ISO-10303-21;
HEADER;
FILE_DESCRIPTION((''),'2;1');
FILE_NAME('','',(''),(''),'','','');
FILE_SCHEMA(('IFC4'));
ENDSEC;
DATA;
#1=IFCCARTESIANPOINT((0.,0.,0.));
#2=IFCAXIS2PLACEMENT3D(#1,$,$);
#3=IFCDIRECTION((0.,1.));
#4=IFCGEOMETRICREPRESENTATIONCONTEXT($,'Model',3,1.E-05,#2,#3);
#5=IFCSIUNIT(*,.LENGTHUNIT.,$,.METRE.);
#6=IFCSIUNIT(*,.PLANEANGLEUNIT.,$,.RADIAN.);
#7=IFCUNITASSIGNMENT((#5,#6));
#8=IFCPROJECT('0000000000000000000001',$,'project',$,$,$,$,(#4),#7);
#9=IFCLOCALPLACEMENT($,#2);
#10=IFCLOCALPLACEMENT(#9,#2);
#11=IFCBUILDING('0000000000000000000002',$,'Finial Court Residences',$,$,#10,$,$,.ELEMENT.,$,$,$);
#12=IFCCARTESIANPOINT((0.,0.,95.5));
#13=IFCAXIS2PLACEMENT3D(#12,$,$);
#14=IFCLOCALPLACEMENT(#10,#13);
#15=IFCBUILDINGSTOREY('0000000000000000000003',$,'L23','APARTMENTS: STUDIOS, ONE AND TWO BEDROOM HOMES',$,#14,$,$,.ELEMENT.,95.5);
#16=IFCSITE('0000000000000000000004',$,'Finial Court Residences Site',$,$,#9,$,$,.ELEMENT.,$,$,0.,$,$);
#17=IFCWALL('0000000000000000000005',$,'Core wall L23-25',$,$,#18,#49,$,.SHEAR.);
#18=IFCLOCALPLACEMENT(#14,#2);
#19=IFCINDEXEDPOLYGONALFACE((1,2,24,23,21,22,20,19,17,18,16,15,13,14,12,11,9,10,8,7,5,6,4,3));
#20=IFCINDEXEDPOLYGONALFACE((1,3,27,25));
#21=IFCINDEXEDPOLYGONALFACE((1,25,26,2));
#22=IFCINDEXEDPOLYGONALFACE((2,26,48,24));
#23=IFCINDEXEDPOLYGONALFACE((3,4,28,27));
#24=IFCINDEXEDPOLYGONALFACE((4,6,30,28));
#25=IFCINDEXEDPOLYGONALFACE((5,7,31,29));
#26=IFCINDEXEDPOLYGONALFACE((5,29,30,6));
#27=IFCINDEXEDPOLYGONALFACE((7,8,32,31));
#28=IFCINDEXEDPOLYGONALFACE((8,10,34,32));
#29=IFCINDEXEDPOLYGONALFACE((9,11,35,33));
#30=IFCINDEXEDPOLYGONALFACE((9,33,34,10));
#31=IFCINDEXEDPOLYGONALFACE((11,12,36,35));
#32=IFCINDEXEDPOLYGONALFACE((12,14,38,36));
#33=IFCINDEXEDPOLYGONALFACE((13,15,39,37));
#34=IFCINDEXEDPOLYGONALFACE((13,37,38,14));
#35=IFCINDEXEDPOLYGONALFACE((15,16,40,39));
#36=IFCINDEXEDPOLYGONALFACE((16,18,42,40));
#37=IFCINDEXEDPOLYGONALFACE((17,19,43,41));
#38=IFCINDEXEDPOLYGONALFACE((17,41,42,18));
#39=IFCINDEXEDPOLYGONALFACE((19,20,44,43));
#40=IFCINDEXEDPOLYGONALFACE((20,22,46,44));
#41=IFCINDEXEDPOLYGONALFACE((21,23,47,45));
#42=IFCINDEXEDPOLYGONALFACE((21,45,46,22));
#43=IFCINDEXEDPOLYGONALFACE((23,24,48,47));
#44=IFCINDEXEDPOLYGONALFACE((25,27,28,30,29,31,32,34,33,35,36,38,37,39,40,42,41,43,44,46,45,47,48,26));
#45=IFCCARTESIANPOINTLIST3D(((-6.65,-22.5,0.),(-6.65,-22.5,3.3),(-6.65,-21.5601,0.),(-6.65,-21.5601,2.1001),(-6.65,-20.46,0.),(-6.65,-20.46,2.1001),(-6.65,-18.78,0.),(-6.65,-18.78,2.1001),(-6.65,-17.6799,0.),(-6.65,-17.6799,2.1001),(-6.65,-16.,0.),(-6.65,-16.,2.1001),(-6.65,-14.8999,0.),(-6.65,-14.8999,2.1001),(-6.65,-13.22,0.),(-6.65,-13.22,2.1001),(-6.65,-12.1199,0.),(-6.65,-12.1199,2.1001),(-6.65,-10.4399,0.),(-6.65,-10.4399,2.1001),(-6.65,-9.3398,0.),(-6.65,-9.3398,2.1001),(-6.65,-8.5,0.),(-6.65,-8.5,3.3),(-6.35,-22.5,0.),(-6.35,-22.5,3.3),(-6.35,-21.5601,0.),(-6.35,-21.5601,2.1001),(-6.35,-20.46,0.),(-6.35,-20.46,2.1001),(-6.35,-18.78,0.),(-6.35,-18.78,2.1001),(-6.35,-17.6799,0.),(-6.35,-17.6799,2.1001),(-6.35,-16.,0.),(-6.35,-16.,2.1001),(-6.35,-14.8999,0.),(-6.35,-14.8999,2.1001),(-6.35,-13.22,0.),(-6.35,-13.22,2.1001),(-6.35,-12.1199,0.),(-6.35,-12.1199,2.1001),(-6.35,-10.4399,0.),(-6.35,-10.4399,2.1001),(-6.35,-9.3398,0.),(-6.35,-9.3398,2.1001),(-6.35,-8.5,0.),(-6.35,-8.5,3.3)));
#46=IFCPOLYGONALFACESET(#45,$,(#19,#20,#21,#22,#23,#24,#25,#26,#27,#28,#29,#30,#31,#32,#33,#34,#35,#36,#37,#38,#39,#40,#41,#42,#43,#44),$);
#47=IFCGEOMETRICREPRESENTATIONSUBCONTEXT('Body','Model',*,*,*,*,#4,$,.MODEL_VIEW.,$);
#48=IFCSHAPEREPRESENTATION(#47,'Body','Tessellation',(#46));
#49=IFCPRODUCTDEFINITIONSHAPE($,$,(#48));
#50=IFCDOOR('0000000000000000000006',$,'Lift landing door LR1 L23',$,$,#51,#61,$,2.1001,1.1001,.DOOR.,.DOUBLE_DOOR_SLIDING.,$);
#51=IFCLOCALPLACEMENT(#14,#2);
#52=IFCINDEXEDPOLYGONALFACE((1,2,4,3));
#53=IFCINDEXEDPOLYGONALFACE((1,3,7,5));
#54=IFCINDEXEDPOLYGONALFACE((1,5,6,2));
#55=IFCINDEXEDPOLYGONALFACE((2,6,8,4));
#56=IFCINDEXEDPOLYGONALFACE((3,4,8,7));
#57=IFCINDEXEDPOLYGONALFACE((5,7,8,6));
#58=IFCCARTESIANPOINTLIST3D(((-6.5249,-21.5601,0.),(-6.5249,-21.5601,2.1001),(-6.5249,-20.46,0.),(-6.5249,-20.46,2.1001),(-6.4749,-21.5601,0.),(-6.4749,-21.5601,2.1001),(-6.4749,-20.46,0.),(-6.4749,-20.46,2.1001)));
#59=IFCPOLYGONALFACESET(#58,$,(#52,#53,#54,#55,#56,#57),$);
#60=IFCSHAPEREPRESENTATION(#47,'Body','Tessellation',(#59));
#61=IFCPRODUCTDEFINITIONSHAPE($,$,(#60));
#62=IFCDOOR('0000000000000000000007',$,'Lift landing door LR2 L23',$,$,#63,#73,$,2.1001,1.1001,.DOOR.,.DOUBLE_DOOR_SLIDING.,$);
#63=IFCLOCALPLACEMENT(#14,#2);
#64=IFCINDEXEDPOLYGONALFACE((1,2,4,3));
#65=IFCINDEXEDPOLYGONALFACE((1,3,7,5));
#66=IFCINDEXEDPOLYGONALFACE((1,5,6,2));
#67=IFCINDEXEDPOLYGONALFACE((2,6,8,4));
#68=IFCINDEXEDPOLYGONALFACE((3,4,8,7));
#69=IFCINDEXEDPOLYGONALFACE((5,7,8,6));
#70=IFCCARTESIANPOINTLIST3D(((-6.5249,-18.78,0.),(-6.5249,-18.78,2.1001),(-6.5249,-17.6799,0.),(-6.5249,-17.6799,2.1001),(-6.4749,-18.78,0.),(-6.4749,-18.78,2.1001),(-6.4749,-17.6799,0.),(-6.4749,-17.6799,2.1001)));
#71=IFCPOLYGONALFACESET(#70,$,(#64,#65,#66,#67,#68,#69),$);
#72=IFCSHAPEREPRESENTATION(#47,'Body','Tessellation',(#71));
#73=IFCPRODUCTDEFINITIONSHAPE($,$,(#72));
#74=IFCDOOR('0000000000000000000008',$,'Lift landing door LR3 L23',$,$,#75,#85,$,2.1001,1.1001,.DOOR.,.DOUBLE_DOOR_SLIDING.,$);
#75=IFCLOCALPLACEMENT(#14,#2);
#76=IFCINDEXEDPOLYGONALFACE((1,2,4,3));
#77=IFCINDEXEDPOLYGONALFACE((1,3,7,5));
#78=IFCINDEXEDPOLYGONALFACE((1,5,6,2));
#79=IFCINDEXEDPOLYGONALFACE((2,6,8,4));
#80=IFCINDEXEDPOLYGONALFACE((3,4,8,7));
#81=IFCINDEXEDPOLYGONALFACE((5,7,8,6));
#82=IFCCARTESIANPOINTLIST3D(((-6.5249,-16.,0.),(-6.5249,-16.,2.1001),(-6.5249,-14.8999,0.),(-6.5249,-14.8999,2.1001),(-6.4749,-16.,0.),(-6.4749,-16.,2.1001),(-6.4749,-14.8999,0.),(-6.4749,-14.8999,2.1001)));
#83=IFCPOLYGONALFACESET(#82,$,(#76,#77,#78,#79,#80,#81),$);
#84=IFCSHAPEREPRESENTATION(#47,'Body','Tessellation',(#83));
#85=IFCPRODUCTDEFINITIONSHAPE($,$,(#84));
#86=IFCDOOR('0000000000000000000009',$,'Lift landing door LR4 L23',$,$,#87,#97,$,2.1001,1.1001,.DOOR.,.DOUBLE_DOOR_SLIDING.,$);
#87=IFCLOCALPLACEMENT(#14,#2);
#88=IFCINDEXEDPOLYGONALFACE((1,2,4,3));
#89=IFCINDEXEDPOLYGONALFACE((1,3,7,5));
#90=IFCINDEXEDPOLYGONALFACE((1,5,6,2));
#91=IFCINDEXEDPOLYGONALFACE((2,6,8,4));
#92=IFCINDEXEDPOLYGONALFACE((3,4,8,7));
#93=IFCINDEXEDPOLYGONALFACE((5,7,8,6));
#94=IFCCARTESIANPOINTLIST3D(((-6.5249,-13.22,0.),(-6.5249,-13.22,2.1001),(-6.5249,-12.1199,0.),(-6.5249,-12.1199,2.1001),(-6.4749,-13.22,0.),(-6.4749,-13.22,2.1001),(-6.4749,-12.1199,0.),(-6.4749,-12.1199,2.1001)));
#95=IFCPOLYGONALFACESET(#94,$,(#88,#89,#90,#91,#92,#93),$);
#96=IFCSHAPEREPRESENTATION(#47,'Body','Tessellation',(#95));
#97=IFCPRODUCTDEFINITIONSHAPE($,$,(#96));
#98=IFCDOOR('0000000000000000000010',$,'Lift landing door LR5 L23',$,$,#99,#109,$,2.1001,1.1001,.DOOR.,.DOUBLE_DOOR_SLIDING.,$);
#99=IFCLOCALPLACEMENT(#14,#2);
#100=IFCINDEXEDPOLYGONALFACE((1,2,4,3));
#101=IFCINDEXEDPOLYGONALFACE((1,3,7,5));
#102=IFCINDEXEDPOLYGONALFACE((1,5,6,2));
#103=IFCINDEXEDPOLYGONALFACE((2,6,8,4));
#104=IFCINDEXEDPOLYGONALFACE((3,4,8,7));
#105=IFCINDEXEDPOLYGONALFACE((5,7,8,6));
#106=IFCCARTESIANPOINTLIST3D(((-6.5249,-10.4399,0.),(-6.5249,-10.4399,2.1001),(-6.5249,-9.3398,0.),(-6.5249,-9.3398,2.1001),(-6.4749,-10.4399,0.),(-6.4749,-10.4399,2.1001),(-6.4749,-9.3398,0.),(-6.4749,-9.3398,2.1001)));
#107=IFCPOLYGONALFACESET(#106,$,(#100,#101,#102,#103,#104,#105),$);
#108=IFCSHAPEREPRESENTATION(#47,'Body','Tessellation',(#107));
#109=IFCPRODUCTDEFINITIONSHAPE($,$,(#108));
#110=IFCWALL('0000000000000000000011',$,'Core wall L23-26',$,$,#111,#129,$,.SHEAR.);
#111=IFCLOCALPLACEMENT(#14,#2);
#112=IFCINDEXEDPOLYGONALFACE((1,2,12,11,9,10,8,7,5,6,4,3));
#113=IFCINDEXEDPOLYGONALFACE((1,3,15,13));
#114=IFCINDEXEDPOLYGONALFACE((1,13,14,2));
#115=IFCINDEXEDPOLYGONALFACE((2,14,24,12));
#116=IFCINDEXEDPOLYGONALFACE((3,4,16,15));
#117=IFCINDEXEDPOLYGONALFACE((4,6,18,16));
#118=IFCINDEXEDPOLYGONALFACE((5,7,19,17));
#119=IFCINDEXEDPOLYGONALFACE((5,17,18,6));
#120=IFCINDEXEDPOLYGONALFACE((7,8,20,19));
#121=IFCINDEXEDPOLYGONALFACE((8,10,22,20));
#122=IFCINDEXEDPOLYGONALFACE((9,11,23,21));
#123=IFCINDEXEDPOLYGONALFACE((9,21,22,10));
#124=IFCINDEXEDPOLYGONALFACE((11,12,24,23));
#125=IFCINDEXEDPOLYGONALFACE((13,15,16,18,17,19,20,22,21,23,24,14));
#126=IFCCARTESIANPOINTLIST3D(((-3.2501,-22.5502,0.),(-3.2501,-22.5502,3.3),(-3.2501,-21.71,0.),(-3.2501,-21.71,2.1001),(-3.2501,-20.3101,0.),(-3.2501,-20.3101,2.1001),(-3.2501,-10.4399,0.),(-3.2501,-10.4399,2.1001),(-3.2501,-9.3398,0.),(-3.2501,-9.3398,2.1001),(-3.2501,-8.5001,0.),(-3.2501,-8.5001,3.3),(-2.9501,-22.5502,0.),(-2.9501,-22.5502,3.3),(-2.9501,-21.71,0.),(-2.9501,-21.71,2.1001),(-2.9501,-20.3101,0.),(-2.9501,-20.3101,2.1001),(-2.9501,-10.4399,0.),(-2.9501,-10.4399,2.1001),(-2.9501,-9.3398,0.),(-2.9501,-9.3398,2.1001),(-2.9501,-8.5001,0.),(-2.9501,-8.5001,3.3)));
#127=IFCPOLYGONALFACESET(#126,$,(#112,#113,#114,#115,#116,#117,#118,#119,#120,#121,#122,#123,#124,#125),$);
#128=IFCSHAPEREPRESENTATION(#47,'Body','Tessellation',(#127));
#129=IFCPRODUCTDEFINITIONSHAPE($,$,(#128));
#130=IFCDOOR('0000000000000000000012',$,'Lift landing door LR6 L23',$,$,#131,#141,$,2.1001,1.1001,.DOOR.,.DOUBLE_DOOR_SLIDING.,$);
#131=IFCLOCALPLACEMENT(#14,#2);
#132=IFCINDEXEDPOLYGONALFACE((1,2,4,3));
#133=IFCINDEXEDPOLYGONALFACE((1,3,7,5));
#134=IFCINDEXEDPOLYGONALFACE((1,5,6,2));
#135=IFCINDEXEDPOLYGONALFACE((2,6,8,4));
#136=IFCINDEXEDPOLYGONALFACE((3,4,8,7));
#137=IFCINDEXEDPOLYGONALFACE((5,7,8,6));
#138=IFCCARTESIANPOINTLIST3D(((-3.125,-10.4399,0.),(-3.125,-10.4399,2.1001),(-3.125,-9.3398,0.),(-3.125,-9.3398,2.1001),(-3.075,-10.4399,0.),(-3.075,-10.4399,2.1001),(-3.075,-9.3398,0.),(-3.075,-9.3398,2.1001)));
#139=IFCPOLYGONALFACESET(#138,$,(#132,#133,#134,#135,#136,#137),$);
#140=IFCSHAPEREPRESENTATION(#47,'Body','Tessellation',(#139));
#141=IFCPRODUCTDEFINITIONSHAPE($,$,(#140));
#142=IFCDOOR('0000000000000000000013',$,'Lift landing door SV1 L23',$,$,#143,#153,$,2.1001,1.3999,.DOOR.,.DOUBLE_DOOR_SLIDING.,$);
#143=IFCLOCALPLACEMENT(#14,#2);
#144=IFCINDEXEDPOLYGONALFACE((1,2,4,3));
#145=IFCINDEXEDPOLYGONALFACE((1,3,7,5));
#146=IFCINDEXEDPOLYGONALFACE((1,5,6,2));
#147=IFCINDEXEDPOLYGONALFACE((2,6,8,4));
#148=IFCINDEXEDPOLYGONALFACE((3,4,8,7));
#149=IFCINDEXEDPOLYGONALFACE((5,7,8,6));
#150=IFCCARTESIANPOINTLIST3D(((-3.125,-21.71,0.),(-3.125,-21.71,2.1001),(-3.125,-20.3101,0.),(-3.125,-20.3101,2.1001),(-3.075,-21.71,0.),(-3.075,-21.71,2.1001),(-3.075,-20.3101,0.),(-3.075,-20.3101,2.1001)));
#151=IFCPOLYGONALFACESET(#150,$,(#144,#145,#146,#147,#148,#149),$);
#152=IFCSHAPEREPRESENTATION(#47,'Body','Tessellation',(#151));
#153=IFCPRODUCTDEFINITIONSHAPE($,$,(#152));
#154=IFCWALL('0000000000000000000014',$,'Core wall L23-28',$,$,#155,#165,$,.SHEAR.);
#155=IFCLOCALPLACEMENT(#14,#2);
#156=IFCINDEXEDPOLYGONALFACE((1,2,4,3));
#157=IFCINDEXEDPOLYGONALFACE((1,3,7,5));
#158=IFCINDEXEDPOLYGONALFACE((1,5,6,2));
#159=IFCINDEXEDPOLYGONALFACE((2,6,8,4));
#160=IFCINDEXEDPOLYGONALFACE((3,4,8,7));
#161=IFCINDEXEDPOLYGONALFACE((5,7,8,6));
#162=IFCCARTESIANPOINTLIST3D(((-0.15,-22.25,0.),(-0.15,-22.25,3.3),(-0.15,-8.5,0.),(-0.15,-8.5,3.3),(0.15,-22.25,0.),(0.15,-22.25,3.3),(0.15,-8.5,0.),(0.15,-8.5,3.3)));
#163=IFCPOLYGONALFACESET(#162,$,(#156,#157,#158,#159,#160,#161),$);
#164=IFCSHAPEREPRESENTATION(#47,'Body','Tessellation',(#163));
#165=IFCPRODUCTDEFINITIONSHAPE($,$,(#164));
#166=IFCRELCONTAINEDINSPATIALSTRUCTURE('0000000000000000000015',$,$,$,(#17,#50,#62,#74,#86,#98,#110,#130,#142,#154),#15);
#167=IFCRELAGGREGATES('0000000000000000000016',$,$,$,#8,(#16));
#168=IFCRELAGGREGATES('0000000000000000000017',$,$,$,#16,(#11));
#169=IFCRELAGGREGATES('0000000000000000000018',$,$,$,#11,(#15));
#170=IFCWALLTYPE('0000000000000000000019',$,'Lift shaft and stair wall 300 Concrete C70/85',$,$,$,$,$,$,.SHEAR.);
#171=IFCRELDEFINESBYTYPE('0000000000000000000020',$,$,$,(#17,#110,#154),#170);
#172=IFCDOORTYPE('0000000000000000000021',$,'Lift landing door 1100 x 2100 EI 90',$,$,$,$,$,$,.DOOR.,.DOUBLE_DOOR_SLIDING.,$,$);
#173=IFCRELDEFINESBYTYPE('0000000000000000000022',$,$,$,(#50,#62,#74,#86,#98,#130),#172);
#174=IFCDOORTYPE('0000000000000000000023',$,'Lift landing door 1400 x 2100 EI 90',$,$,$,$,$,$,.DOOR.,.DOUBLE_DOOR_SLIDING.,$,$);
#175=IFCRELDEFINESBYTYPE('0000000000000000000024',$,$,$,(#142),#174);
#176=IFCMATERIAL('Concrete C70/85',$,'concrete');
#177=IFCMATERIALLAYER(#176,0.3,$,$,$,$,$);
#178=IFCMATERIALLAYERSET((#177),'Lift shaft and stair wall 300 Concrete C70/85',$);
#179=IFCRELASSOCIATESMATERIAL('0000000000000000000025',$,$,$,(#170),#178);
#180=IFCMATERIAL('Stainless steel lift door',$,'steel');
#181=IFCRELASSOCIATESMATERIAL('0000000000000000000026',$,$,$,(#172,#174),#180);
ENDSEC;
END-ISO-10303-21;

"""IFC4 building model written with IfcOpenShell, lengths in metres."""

from ifc_helpers import new_model, si_unit, direction, frame, frame_2d, origin, place, context, subcontext, project, spatial, rectangle, extrude, material, layer, layer_set, type_object, element, fill, save


model = new_model("IFC4")

# Units and contexts
model_context = context("Model", 3, precision=1e-05, world=origin(), true_north=direction((0.0, 1.0)))
body_context = subcontext(model_context, "Body", "Model", "MODEL_VIEW")
ifc_project = project(units=[si_unit("LENGTHUNIT", "METRE"), si_unit("PLANEANGLEUNIT", "RADIAN")], contexts=[model_context])

# Site, building, storey
site_placement = place(None, origin())
site = spatial("IfcSite", under=ifc_project, at=site_placement, Name="Finial Court Residences Site", CompositionType="ELEMENT", RefElevation=0.0)
building_placement = place(site_placement, origin())
building = spatial("IfcBuilding", under=site, at=building_placement, Name="Finial Court Residences", CompositionType="ELEMENT")
storey_placement = place(building_placement, frame((0.0, 0.0, 95.5)))
storey = spatial("IfcBuildingStorey", under=building, at=storey_placement, Name="L23", Description="APARTMENTS: STUDIOS, ONE AND TWO BEDROOM HOMES", CompositionType="ELEMENT", Elevation=95.5)

# Shared definitions
ifc_material_1 = material(Name="Concrete C70/85", Category="concrete")
ifc_layer_1 = layer(ifc_material_1, 0.3)
ifc_layer_set_1 = layer_set([ifc_layer_1], Name="Lift shaft and stair wall 300 Concrete C70/85")
wall_type_1 = type_object("IfcWallType", Name="Lift shaft and stair wall 300 Concrete C70/85", PredefinedType="SHEAR", material=ifc_layer_set_1)

# Walls, openings, doors
wall_1_placement = place(storey_placement, frame((-6.5, -22.5, 0.0), z_axis=(0.0, 0.0, 1.0), x_axis=(0.0, 1.0, 0.0)))
wall_1 = element("IfcWall", 1, at=wall_1_placement, inside=storey, type_object=wall_type_1, Name="Core wall L23-25", PredefinedType="SHEAR", context=body_context, shape_type="SweptSolid", body=[
    extrude(rectangle(XDim=14.0, YDim=0.3, at=frame_2d((7.0, 0.0))), origin(), (0.0, 0.0, 1.0), 3.3),
])
opening_1_placement = place(wall_1_placement, frame((0.9399, 0.0, 0.0)))
opening_1 = element("IfcOpeningElement", 2, at=opening_1_placement, cuts=wall_1, PredefinedType="OPENING", context=body_context, shape_type="SweptSolid", body=[
    extrude(rectangle(XDim=1.1001, YDim=2.1001, at=frame_2d((0.55, 1.05))), frame((0.0, 0.1599, 0.0), z_axis=(0.0, -1.0, 0.0), x_axis=(1.0, 0.0, 0.0)), (0.0, 0.0, 1.0), 0.3201),
])
opening_2_placement = place(wall_1_placement, frame((3.72, 0.0, 0.0)))
opening_2 = element("IfcOpeningElement", 3, at=opening_2_placement, cuts=wall_1, PredefinedType="OPENING", context=body_context, shape_type="SweptSolid", body=[
    extrude(rectangle(XDim=1.1001, YDim=2.1001, at=frame_2d((0.55, 1.05))), frame((0.0, 0.1599, 0.0), z_axis=(0.0, -1.0, 0.0), x_axis=(1.0, 0.0, 0.0)), (0.0, 0.0, 1.0), 0.3201),
])
opening_3_placement = place(wall_1_placement, frame((6.5, 0.0, 0.0)))
opening_3 = element("IfcOpeningElement", 4, at=opening_3_placement, cuts=wall_1, PredefinedType="OPENING", context=body_context, shape_type="SweptSolid", body=[
    extrude(rectangle(XDim=1.1001, YDim=2.1001, at=frame_2d((0.55, 1.05))), frame((0.0, 0.1599, 0.0), z_axis=(0.0, -1.0, 0.0), x_axis=(1.0, 0.0, 0.0)), (0.0, 0.0, 1.0), 0.3201),
])
opening_4_placement = place(wall_1_placement, frame((9.28, 0.0, 0.0)))
opening_4 = element("IfcOpeningElement", 5, at=opening_4_placement, cuts=wall_1, PredefinedType="OPENING", context=body_context, shape_type="SweptSolid", body=[
    extrude(rectangle(XDim=1.1001, YDim=2.1001, at=frame_2d((0.55, 1.05))), frame((0.0, 0.1599, 0.0), z_axis=(0.0, -1.0, 0.0), x_axis=(1.0, 0.0, 0.0)), (0.0, 0.0, 1.0), 0.3201),
])
opening_5_placement = place(wall_1_placement, frame((12.0601, 0.0, 0.0)))
opening_5 = element("IfcOpeningElement", 6, at=opening_5_placement, cuts=wall_1, PredefinedType="OPENING", context=body_context, shape_type="SweptSolid", body=[
    extrude(rectangle(XDim=1.1001, YDim=2.1001, at=frame_2d((0.55, 1.05))), frame((0.0, 0.1599, 0.0), z_axis=(0.0, -1.0, 0.0), x_axis=(1.0, 0.0, 0.0)), (0.0, 0.0, 1.0), 0.3201),
])
ifc_material_2 = material(Name="Stainless steel lift door", Category="steel")
door_type_1 = type_object("IfcDoorType", Name="Lift landing door 1100 x 2100 EI 90", OperationType="DOUBLE_DOOR_SLIDING", PredefinedType="DOOR", material=ifc_material_2)
door_1_placement = place(opening_1_placement, origin())
door_1 = element("IfcDoor", 7, at=door_1_placement, inside=storey, type_object=door_type_1, Name="Lift landing door LR1 L23", OperationType="DOUBLE_DOOR_SLIDING", OverallHeight=2.1001, OverallWidth=1.1001, PredefinedType="DOOR", context=body_context, shape_type="SweptSolid", body=[
    extrude(rectangle(XDim=1.1001, YDim=2.1001, at=frame_2d((0.55, 1.05))), frame((0.0, 0.0249, 0.0), z_axis=(0.0, -1.0, 0.0), x_axis=(1.0, 0.0, 0.0)), (0.0, 0.0, 1.0), 0.05),
])
fill(opening_1, door_1)
door_2_placement = place(opening_2_placement, origin())
door_2 = element("IfcDoor", 8, at=door_2_placement, inside=storey, type_object=door_type_1, Name="Lift landing door LR2 L23", OperationType="DOUBLE_DOOR_SLIDING", OverallHeight=2.1001, OverallWidth=1.1001, PredefinedType="DOOR", context=body_context, shape_type="SweptSolid", body=[
    extrude(rectangle(XDim=1.1001, YDim=2.1001, at=frame_2d((0.55, 1.05))), frame((0.0, 0.0249, 0.0), z_axis=(0.0, -1.0, 0.0), x_axis=(1.0, 0.0, 0.0)), (0.0, 0.0, 1.0), 0.05),
])
fill(opening_2, door_2)
door_3_placement = place(opening_3_placement, origin())
door_3 = element("IfcDoor", 9, at=door_3_placement, inside=storey, type_object=door_type_1, Name="Lift landing door LR3 L23", OperationType="DOUBLE_DOOR_SLIDING", OverallHeight=2.1001, OverallWidth=1.1001, PredefinedType="DOOR", context=body_context, shape_type="SweptSolid", body=[
    extrude(rectangle(XDim=1.1001, YDim=2.1001, at=frame_2d((0.55, 1.05))), frame((0.0, 0.0249, 0.0), z_axis=(0.0, -1.0, 0.0), x_axis=(1.0, 0.0, 0.0)), (0.0, 0.0, 1.0), 0.05),
])
fill(opening_3, door_3)
door_4_placement = place(opening_4_placement, origin())
door_4 = element("IfcDoor", 10, at=door_4_placement, inside=storey, type_object=door_type_1, Name="Lift landing door LR4 L23", OperationType="DOUBLE_DOOR_SLIDING", OverallHeight=2.1001, OverallWidth=1.1001, PredefinedType="DOOR", context=body_context, shape_type="SweptSolid", body=[
    extrude(rectangle(XDim=1.1001, YDim=2.1001, at=frame_2d((0.55, 1.05))), frame((0.0, 0.0249, 0.0), z_axis=(0.0, -1.0, 0.0), x_axis=(1.0, 0.0, 0.0)), (0.0, 0.0, 1.0), 0.05),
])
fill(opening_4, door_4)
door_5_placement = place(opening_5_placement, origin())
door_5 = element("IfcDoor", 11, at=door_5_placement, inside=storey, type_object=door_type_1, Name="Lift landing door LR5 L23", OperationType="DOUBLE_DOOR_SLIDING", OverallHeight=2.1001, OverallWidth=1.1001, PredefinedType="DOOR", context=body_context, shape_type="SweptSolid", body=[
    extrude(rectangle(XDim=1.1001, YDim=2.1001, at=frame_2d((0.55, 1.05))), frame((0.0, 0.0249, 0.0), z_axis=(0.0, -1.0, 0.0), x_axis=(1.0, 0.0, 0.0)), (0.0, 0.0, 1.0), 0.05),
])
fill(opening_5, door_5)
wall_2_placement = place(storey_placement, frame((-3.1001, -22.55, 0.0), z_axis=(0.0, 0.0, 1.0), x_axis=(0.0, 1.0, 0.0)))
wall_2 = element("IfcWall", 12, at=wall_2_placement, inside=storey, type_object=wall_type_1, Name="Core wall L23-26", PredefinedType="SHEAR", context=body_context, shape_type="SweptSolid", body=[
    extrude(rectangle(XDim=14.05, YDim=0.3, at=frame_2d((7.0249, 0.0))), origin(), (0.0, 0.0, 1.0), 3.3),
])
opening_6_placement = place(wall_2_placement, frame((12.1101, 0.0, 0.0)))
opening_6 = element("IfcOpeningElement", 13, at=opening_6_placement, cuts=wall_2, PredefinedType="OPENING", context=body_context, shape_type="SweptSolid", body=[
    extrude(rectangle(XDim=1.1001, YDim=2.1001, at=frame_2d((0.55, 1.05))), frame((0.0, 0.1599, 0.0), z_axis=(0.0, -1.0, 0.0), x_axis=(1.0, 0.0, 0.0)), (0.0, 0.0, 1.0), 0.3201),
])
opening_7_placement = place(wall_2_placement, frame((0.8401, 0.0, 0.0)))
opening_7 = element("IfcOpeningElement", 14, at=opening_7_placement, cuts=wall_2, PredefinedType="OPENING", context=body_context, shape_type="SweptSolid", body=[
    extrude(rectangle(XDim=1.3999, YDim=2.1001, at=frame_2d((0.7, 1.05))), frame((0.0, 0.1599, 0.0), z_axis=(0.0, -1.0, 0.0), x_axis=(1.0, 0.0, 0.0)), (0.0, 0.0, 1.0), 0.3201),
])
door_6_placement = place(opening_6_placement, origin())
door_6 = element("IfcDoor", 15, at=door_6_placement, inside=storey, type_object=door_type_1, Name="Lift landing door LR6 L23", OperationType="DOUBLE_DOOR_SLIDING", OverallHeight=2.1001, OverallWidth=1.1001, PredefinedType="DOOR", context=body_context, shape_type="SweptSolid", body=[
    extrude(rectangle(XDim=1.1001, YDim=2.1001, at=frame_2d((0.55, 1.05))), frame((0.0, 0.0249, 0.0), z_axis=(0.0, -1.0, 0.0), x_axis=(1.0, 0.0, 0.0)), (0.0, 0.0, 1.0), 0.05),
])
fill(opening_6, door_6)
door_type_2 = type_object("IfcDoorType", Name="Lift landing door 1400 x 2100 EI 90", OperationType="DOUBLE_DOOR_SLIDING", PredefinedType="DOOR", material=ifc_material_2)
door_7_placement = place(opening_7_placement, origin())
door_7 = element("IfcDoor", 16, at=door_7_placement, inside=storey, type_object=door_type_2, Name="Lift landing door SV1 L23", OperationType="DOUBLE_DOOR_SLIDING", OverallHeight=2.1001, OverallWidth=1.3999, PredefinedType="DOOR", context=body_context, shape_type="SweptSolid", body=[
    extrude(rectangle(XDim=1.3999, YDim=2.1001, at=frame_2d((0.7, 1.05))), frame((0.0, 0.0249, 0.0), z_axis=(0.0, -1.0, 0.0), x_axis=(1.0, 0.0, 0.0)), (0.0, 0.0, 1.0), 0.05),
])
fill(opening_7, door_7)

# Wall
wall_3_placement = place(storey_placement, frame((0.0, -22.25, 0.0), z_axis=(0.0, 0.0, 1.0), x_axis=(0.0, 1.0, 0.0)))
element("IfcWall", 17, at=wall_3_placement, inside=storey, type_object=wall_type_1, Name="Core wall L23-28", PredefinedType="SHEAR", context=body_context, shape_type="SweptSolid", body=[
    extrude(rectangle(XDim=13.75, YDim=0.3, at=frame_2d((6.875, 0.0))), origin(), (0.0, 0.0, 1.0), 3.3),
])

save(model, "model.ifc")
